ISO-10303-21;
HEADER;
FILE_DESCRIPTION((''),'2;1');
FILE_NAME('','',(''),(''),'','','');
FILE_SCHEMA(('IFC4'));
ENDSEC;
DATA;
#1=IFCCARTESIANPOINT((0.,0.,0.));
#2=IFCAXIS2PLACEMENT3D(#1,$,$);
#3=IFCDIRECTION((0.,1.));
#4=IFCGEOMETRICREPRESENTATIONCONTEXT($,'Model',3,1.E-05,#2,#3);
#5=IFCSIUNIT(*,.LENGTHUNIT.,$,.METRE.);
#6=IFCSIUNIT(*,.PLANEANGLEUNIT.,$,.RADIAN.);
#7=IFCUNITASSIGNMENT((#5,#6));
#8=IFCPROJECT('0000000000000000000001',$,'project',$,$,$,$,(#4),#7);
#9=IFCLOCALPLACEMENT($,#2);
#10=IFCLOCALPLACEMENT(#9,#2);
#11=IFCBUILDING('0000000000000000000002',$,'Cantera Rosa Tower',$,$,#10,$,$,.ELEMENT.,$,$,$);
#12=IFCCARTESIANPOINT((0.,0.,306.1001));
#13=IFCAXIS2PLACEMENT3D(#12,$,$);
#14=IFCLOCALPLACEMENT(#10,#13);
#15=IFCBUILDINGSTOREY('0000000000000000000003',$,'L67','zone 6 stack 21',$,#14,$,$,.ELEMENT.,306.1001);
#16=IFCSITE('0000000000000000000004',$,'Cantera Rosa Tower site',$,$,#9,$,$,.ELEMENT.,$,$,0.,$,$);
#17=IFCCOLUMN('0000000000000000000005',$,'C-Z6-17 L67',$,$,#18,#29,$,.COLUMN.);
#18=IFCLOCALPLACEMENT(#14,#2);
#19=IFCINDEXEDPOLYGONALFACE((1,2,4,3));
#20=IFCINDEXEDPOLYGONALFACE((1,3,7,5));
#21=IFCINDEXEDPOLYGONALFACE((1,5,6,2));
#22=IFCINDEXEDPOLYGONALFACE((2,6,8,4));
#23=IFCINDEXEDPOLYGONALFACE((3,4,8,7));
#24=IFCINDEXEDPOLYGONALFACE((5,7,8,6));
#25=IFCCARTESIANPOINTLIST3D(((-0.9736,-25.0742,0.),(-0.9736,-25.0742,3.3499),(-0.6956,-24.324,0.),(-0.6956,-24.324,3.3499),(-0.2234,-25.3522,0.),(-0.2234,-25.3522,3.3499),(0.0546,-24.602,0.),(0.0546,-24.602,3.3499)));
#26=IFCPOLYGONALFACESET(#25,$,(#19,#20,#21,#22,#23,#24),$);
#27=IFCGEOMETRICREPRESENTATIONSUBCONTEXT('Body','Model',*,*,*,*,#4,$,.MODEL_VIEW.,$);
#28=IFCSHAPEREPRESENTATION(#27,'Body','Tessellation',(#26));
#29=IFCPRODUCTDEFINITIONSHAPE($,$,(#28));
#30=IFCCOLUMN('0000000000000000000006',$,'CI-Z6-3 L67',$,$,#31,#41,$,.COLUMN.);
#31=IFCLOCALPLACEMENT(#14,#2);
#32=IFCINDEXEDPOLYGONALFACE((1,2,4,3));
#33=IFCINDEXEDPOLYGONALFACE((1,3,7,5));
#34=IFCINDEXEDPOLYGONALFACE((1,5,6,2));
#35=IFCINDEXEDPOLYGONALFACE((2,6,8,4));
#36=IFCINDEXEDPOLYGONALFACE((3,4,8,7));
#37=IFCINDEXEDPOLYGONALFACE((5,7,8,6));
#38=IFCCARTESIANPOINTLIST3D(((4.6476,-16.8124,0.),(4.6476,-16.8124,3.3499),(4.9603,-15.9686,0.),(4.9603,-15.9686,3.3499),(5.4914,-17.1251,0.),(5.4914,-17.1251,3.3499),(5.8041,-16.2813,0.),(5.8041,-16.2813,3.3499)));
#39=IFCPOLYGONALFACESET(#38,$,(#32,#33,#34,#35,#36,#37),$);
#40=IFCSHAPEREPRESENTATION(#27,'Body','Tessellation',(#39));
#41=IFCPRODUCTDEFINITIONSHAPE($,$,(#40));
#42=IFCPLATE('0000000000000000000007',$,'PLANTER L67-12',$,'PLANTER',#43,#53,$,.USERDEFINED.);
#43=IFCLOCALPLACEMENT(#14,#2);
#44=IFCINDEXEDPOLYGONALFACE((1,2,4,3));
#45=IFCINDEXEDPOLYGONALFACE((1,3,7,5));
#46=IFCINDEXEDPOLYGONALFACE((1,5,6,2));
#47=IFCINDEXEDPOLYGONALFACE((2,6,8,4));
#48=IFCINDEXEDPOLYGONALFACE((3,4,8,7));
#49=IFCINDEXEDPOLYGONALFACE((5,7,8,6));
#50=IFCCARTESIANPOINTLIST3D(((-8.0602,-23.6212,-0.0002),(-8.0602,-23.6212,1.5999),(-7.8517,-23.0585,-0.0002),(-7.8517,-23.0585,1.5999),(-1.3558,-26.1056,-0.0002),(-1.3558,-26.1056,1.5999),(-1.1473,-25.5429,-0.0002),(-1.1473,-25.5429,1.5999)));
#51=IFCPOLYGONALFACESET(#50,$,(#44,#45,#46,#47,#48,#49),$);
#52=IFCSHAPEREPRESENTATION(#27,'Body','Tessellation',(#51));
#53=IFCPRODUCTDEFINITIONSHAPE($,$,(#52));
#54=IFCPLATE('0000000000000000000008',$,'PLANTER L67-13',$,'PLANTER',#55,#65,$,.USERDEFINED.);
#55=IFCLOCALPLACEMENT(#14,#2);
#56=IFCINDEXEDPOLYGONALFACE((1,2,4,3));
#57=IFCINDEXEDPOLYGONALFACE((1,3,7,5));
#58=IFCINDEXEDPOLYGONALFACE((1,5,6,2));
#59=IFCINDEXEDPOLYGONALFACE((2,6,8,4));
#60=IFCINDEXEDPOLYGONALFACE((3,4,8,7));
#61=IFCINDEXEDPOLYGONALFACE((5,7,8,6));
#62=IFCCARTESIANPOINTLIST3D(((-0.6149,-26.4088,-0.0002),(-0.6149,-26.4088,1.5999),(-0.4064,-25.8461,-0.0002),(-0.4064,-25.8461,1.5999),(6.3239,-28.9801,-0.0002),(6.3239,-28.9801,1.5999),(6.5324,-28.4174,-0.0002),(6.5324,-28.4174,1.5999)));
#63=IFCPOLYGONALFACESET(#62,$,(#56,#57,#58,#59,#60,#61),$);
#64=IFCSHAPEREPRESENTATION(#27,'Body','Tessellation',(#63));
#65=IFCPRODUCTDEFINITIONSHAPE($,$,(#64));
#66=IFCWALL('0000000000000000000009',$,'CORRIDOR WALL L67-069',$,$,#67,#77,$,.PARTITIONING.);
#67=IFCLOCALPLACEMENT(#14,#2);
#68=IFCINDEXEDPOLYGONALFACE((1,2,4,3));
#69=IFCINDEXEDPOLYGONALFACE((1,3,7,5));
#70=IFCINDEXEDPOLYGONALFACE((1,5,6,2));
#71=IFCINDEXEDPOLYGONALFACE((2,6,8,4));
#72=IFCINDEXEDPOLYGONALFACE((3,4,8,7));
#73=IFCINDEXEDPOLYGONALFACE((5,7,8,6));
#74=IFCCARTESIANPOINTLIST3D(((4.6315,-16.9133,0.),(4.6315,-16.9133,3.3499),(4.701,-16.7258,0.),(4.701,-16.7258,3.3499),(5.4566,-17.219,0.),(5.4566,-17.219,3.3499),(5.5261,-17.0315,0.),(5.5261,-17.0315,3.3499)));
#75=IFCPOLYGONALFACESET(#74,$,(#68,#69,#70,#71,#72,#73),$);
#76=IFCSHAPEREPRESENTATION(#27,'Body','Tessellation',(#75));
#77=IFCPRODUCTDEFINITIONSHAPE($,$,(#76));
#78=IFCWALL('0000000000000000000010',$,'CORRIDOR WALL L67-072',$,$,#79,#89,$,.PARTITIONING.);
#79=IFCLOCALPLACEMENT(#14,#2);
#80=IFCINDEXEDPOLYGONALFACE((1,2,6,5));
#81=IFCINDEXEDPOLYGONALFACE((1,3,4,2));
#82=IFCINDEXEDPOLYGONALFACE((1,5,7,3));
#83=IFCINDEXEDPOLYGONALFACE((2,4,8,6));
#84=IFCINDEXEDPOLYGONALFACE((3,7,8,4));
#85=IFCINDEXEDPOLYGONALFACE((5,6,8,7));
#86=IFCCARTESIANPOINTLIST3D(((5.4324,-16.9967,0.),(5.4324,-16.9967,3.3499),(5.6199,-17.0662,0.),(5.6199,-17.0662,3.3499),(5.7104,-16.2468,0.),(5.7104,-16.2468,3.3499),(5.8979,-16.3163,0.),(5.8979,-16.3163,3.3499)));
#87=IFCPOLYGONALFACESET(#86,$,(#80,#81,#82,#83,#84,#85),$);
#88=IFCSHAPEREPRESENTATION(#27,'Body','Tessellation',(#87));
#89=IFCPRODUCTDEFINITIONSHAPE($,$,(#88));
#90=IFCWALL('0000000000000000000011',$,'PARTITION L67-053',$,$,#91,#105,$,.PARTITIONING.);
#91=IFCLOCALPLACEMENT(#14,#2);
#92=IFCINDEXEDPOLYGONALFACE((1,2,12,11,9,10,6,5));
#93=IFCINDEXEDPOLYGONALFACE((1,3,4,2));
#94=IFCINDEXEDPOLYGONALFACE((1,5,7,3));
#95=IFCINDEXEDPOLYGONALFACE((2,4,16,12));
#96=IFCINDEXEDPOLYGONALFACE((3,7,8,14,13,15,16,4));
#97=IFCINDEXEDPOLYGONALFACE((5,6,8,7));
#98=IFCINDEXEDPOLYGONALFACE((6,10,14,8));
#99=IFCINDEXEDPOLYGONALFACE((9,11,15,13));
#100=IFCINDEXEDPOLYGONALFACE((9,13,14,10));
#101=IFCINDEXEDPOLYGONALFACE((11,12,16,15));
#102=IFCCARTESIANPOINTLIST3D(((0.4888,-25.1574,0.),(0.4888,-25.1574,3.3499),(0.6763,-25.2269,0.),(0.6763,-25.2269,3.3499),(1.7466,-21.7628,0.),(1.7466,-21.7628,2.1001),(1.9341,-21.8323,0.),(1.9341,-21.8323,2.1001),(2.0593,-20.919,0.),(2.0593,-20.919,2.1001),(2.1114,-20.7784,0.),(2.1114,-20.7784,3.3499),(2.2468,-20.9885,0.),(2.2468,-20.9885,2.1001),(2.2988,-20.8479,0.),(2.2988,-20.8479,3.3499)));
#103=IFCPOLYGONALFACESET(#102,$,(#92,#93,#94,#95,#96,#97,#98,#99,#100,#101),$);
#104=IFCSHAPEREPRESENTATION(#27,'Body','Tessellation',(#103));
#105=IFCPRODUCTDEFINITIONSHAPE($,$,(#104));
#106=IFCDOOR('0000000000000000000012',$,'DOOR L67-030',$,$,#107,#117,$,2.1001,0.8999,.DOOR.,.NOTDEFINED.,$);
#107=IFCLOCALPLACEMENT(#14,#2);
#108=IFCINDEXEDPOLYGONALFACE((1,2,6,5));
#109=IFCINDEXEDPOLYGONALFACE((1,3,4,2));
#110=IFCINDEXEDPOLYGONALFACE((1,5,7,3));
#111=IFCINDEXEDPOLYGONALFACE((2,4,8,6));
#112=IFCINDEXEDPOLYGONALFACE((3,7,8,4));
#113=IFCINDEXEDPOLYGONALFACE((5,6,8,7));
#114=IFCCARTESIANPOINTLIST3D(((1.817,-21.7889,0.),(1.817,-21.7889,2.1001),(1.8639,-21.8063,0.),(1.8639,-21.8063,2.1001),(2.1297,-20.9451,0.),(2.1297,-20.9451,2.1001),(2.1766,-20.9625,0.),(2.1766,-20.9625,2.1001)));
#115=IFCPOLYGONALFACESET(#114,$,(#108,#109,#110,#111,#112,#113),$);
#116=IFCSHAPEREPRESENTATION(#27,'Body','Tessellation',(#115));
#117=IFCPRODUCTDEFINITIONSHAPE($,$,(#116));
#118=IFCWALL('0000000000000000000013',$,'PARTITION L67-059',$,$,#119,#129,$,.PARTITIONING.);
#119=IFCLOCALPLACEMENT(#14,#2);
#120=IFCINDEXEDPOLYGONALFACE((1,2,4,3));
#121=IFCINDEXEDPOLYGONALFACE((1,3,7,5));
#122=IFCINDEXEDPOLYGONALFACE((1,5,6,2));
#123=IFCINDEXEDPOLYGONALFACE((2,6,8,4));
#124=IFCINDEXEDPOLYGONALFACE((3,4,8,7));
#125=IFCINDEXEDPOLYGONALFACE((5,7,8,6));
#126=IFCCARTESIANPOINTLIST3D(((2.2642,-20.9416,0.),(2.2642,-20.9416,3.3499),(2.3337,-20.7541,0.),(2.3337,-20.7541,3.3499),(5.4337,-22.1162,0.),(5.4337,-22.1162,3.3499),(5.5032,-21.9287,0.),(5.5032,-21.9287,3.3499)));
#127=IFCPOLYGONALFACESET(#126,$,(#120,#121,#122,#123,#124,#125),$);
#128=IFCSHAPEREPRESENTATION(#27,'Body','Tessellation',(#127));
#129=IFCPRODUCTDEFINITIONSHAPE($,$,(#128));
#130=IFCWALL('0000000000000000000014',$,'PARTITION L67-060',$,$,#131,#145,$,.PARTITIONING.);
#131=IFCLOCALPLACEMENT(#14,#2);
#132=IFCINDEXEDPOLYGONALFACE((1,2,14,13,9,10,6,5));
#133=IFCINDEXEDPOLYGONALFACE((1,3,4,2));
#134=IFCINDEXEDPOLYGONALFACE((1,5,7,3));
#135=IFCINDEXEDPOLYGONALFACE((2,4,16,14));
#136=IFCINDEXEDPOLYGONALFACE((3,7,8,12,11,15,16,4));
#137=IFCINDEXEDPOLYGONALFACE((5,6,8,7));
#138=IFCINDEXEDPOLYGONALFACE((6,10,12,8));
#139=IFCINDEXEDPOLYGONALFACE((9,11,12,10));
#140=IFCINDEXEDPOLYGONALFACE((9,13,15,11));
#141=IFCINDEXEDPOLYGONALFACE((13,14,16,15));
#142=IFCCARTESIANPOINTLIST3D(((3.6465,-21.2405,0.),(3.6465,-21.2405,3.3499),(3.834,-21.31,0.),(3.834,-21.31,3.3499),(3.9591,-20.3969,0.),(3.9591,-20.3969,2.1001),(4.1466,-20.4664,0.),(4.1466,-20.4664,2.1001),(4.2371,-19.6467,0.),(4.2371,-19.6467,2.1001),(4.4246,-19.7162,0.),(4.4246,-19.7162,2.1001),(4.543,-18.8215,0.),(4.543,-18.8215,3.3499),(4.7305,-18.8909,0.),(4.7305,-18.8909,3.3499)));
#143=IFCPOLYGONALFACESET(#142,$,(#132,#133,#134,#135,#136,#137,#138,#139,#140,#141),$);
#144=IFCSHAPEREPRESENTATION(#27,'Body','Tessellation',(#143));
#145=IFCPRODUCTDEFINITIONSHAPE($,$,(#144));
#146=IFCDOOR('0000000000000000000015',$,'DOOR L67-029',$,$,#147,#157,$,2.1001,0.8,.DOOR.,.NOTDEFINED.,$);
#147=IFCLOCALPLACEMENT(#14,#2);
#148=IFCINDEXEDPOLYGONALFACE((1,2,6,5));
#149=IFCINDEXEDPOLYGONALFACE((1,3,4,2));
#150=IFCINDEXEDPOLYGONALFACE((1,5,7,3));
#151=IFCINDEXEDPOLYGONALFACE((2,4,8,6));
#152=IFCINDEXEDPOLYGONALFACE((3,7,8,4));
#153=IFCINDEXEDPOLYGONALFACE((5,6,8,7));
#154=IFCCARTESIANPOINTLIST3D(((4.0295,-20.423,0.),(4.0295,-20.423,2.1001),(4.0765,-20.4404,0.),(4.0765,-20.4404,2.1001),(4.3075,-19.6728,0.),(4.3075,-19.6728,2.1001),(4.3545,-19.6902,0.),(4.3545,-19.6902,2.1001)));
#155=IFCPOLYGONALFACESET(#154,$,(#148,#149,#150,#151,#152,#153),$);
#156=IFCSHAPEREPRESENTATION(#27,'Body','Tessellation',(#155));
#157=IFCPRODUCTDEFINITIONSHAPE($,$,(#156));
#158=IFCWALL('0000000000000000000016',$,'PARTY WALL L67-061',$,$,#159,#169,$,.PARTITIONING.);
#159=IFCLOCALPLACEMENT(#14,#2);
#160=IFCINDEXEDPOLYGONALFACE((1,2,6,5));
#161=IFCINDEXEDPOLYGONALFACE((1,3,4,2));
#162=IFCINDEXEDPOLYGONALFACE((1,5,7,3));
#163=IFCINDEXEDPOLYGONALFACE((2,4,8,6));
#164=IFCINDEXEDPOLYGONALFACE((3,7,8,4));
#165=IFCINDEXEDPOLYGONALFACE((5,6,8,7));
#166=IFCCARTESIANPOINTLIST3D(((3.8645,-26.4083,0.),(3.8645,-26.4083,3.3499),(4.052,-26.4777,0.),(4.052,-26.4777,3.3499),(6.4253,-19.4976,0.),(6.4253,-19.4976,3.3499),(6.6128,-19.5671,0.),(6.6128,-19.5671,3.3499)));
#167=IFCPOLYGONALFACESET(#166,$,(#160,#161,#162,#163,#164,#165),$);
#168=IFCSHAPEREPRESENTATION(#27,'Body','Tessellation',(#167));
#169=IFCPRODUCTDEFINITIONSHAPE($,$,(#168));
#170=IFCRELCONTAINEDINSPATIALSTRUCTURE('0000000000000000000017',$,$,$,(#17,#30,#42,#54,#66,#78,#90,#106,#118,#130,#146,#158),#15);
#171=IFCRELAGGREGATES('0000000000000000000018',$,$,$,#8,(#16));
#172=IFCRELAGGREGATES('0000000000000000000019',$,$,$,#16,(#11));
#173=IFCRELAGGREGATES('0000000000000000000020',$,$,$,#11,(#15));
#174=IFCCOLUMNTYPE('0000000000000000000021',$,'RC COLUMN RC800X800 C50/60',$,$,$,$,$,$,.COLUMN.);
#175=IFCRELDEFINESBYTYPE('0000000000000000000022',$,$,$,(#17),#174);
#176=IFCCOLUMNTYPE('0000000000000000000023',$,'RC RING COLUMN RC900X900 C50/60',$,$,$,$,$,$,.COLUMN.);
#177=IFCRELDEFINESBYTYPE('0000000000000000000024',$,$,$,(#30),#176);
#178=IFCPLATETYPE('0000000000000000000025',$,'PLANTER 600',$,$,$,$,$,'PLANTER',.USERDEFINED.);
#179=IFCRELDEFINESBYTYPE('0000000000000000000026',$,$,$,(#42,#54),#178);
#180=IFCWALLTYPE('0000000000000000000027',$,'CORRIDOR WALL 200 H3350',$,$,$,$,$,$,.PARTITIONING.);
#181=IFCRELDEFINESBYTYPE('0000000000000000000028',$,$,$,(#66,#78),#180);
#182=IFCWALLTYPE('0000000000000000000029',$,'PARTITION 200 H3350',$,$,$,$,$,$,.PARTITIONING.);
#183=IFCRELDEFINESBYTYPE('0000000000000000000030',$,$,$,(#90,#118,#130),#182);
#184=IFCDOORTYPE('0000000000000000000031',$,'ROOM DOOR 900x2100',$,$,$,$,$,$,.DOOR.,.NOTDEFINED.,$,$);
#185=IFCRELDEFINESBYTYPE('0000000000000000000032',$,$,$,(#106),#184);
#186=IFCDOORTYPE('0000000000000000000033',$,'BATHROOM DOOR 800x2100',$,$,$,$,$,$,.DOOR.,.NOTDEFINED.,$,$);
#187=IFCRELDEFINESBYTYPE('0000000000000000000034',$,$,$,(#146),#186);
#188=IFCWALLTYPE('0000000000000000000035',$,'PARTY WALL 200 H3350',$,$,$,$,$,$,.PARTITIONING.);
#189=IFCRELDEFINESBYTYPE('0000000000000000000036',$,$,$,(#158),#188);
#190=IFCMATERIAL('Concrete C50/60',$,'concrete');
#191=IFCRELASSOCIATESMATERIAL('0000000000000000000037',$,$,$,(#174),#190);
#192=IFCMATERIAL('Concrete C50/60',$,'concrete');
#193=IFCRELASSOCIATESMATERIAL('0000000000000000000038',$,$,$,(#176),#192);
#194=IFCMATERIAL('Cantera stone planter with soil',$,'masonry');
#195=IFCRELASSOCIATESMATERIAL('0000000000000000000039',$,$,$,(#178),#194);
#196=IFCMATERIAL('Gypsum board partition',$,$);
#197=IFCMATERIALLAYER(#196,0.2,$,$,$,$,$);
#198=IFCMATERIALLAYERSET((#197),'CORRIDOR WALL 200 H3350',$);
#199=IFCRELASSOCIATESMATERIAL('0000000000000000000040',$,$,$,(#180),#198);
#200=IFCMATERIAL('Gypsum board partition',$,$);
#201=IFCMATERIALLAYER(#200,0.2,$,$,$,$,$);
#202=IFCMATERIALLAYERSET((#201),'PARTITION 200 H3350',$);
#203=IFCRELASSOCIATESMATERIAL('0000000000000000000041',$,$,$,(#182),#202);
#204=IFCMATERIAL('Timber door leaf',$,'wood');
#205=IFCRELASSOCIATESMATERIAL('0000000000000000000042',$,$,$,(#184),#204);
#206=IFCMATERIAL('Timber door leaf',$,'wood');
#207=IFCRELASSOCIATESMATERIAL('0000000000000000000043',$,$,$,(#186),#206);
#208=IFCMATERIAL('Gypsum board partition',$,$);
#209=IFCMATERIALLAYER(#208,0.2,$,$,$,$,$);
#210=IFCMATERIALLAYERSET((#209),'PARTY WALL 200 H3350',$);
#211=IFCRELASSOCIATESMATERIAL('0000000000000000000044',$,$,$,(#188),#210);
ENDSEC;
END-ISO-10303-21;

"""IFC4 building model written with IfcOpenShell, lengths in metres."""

from ifc_helpers import new_model, si_unit, direction, frame, frame_2d, origin, origin_2d, place, context, subcontext, project, spatial, rectangle, extrude, material, layer, layer_set, material_profile, profile_set, type_object, element, fill, save


model = new_model("IFC4")

# Units and contexts
model_context = context("Model", 3, precision=1e-05, world=origin(), true_north=direction((0.0, 1.0)))
body_context = subcontext(model_context, "Body", "Model", "MODEL_VIEW")
ifc_project = project(units=[si_unit("LENGTHUNIT", "METRE"), si_unit("PLANEANGLEUNIT", "RADIAN")], contexts=[model_context])

# Site, building, storey
site_placement = place(None, origin())
site = spatial("IfcSite", under=ifc_project, at=site_placement, Name="Cantera Rosa Tower site", CompositionType="ELEMENT", RefElevation=0.0)
building_placement = place(site_placement, origin())
building = spatial("IfcBuilding", under=site, at=building_placement, Name="Cantera Rosa Tower", CompositionType="ELEMENT")
storey_placement = place(building_placement, frame((0.0, 0.0, 306.1001)))
storey = spatial("IfcBuildingStorey", under=building, at=storey_placement, Name="L67", Description="zone 6 stack 21", CompositionType="ELEMENT", Elevation=306.1001)

# Columns
ifc_material_1 = material(Name="Concrete C50/60", Category="concrete")
ifc_material_profile_1 = material_profile(ifc_material_1, rectangle(XDim=0.8, YDim=0.8, at=origin_2d()), Name="RC COLUMN RC800X800 C50/60")
ifc_profile_set_1 = profile_set([ifc_material_profile_1], Name="Concrete C50/60")
column_type_1 = type_object("IfcColumnType", Name="RC COLUMN RC800X800 C50/60", PredefinedType="COLUMN", material=ifc_profile_set_1)
column_1_placement = place(storey_placement, frame((-0.4595, -24.8381, 0.0), z_axis=(0.0, 0.0, 1.0), x_axis=(0.347481, 0.937687, 0.0)))
element("IfcColumn", 1, at=column_1_placement, inside=storey, type_object=column_type_1, Name="C-Z6-17 L67", PredefinedType="COLUMN", context=body_context, shape_type="SweptSolid", body=[
    extrude(rectangle(XDim=0.8, YDim=0.8, at=origin_2d()), origin(), (0.0, 0.0, 1.0), 3.3499),
])
ifc_material_2 = material(Name="Concrete C50/60", Category="concrete")
ifc_material_profile_2 = material_profile(ifc_material_2, rectangle(XDim=0.8999, YDim=0.8999, at=origin_2d()), Name="RC RING COLUMN RC900X900 C50/60")
ifc_profile_set_2 = profile_set([ifc_material_profile_2], Name="Concrete C50/60")
column_type_2 = type_object("IfcColumnType", Name="RC RING COLUMN RC900X900 C50/60", PredefinedType="COLUMN", material=ifc_profile_set_2)
column_2_placement = place(storey_placement, frame((5.2258, -16.5469, 0.0), z_axis=(0.0, 0.0, 1.0), x_axis=(0.347481, 0.937687, 0.0)))
element("IfcColumn", 2, at=column_2_placement, inside=storey, type_object=column_type_2, Name="CI-Z6-3 L67", PredefinedType="COLUMN", context=body_context, shape_type="SweptSolid", body=[
    extrude(rectangle(XDim=0.8999, YDim=0.8999, at=origin_2d()), origin(), (0.0, 0.0, 1.0), 3.3499),
])

# Plates
ifc_material_3 = material(Name="Cantera stone planter with soil", Category="masonry")
plate_type = type_object("IfcPlateType", Name="PLANTER 600", ElementType="PLANTER", PredefinedType="USERDEFINED", material=ifc_material_3)
plate_1_placement = place(storey_placement, frame((-4.6038, -24.582, -0.0002), z_axis=(0.0, 0.0, 1.0), x_axis=(0.937687, -0.347481, 0.0)))
element("IfcPlate", 3, at=plate_1_placement, inside=storey, type_object=plate_type, Name="PLANTER L67-12", ObjectType="PLANTER", PredefinedType="USERDEFINED", context=body_context, shape_type="SweptSolid", body=[
    extrude(rectangle(XDim=7.1499, YDim=0.6001, at=origin_2d()), origin(), (0.0, 0.0, 1.0), 1.6001),
])
plate_2_placement = place(storey_placement, frame((2.9587, -27.4131, -0.0002), z_axis=(0.0, 0.0, 1.0), x_axis=(0.937687, -0.347481, 0.0)))
element("IfcPlate", 4, at=plate_2_placement, inside=storey, type_object=plate_type, Name="PLANTER L67-13", ObjectType="PLANTER", PredefinedType="USERDEFINED", context=body_context, shape_type="SweptSolid", body=[
    extrude(rectangle(XDim=7.3999, YDim=0.6001, at=origin_2d()), origin(), (0.0, 0.0, 1.0), 1.6001),
])

# Walls
ifc_material_4 = material(Name="Gypsum board partition")
ifc_layer_1 = layer(ifc_material_4, 0.2)
ifc_layer_set_1 = layer_set([ifc_layer_1], Name="CORRIDOR WALL 200 H3350")
wall_type_1 = type_object("IfcWallType", Name="CORRIDOR WALL 200 H3350", PredefinedType="PARTITIONING", material=ifc_layer_set_1)
wall_1_placement = place(storey_placement, frame((4.6663, -16.8196, 0.0), z_axis=(0.0, 0.0, 1.0), x_axis=(0.937735, -0.34735, 0.0)))
element("IfcWall", 5, at=wall_1_placement, inside=storey, type_object=wall_type_1, Name="CORRIDOR WALL L67-069", PredefinedType="PARTITIONING", context=body_context, shape_type="SweptSolid", body=[
    extrude(rectangle(XDim=0.8799, YDim=0.2, at=frame_2d((0.4399, 0.0))), origin(), (0.0, 0.0, 1.0), 3.3499),
])
wall_2_placement = place(storey_placement, frame((5.5261, -17.0315, 0.0), z_axis=(0.0, 0.0, 1.0), x_axis=(0.347642, 0.937627, 0.0)))
element("IfcWall", 6, at=wall_2_placement, inside=storey, type_object=wall_type_1, Name="CORRIDOR WALL L67-072", PredefinedType="PARTITIONING", context=body_context, shape_type="SweptSolid", body=[
    extrude(rectangle(XDim=0.7998, YDim=0.2, at=frame_2d((0.3999, 0.0))), origin(), (0.0, 0.0, 1.0), 3.3499),
])

# Wall, opening, door
ifc_material_5 = material(Name="Gypsum board partition")
ifc_layer_2 = layer(ifc_material_5, 0.2)
ifc_layer_set_2 = layer_set([ifc_layer_2], Name="PARTITION 200 H3350")
wall_type_2 = type_object("IfcWallType", Name="PARTITION 200 H3350", PredefinedType="PARTITIONING", material=ifc_layer_set_2)
wall_3_placement = place(storey_placement, frame((0.5825, -25.1921, 0.0), z_axis=(0.0, 0.0, 1.0), x_axis=(0.347454, 0.937697, 0.0)))
wall_3 = element("IfcWall", 7, at=wall_3_placement, inside=storey, type_object=wall_type_2, Name="PARTITION L67-053", PredefinedType="PARTITIONING", context=body_context, shape_type="SweptSolid", body=[
    extrude(rectangle(XDim=4.6699, YDim=0.2, at=frame_2d((2.335, 0.0))), origin(), (0.0, 0.0, 1.0), 3.3499),
])
opening_1_placement = place(wall_3_placement, frame((3.6201, 0.0, 0.0)))
opening_1 = element("IfcOpeningElement", 8, at=opening_1_placement, cuts=wall_3, PredefinedType="OPENING", context=body_context, shape_type="SweptSolid", body=[
    extrude(rectangle(XDim=0.8999, YDim=2.1001, at=frame_2d((0.45, 1.05))), frame((0.0, 0.1099, 0.0), z_axis=(0.0, -1.0, 0.0), x_axis=(1.0, 0.0, 0.0)), (0.0, 0.0, 1.0), 0.22),
])
ifc_material_6 = material(Name="Timber door leaf", Category="wood")
door_type_1 = type_object("IfcDoorType", Name="ROOM DOOR 900x2100", OperationType="NOTDEFINED", PredefinedType="DOOR", material=ifc_material_6)
door_1_placement = place(opening_1_placement, origin())
door_1 = element("IfcDoor", 9, at=door_1_placement, inside=storey, type_object=door_type_1, Name="DOOR L67-030", OperationType="NOTDEFINED", OverallHeight=2.1001, OverallWidth=0.8999, PredefinedType="DOOR", context=body_context, shape_type="SweptSolid", body=[
    extrude(rectangle(XDim=0.8999, YDim=2.1001, at=frame_2d((0.45, 1.05))), frame((0.0, 0.0249, 0.0), z_axis=(0.0, -1.0, 0.0), x_axis=(1.0, 0.0, 0.0)), (0.0, 0.0, 1.0), 0.05),
])
fill(opening_1, door_1)

# Wall
wall_4_placement = place(storey_placement, frame((2.2991, -20.8479, 0.0), z_axis=(0.0, 0.0, 1.0), x_axis=(0.937682, -0.347495, 0.0)))
element("IfcWall", 10, at=wall_4_placement, inside=storey, type_object=wall_type_2, Name="PARTITION L67-059", PredefinedType="PARTITIONING", context=body_context, shape_type="SweptSolid", body=[
    extrude(rectangle(XDim=3.3801, YDim=0.2, at=frame_2d((1.6899, 0.0))), origin(), (0.0, 0.0, 1.0), 3.3499),
])

# Wall, opening, door
wall_5_placement = place(storey_placement, frame((3.7402, -21.2754, 0.0), z_axis=(0.0, 0.0, 1.0), x_axis=(0.347481, 0.937687, 0.0)))
wall_5 = element("IfcWall", 11, at=wall_5_placement, inside=storey, type_object=wall_type_2, Name="PARTITION L67-060", PredefinedType="PARTITIONING", context=body_context, shape_type="SweptSolid", body=[
    extrude(rectangle(XDim=2.5798, YDim=0.2, at=frame_2d((1.29, 0.0))), origin(), (0.0, 0.0, 1.0), 3.3499),
])
opening_2_placement = place(wall_5_placement, frame((0.8999, 0.0, 0.0)))
opening_2 = element("IfcOpeningElement", 12, at=opening_2_placement, cuts=wall_5, PredefinedType="OPENING", context=body_context, shape_type="SweptSolid", body=[
    extrude(rectangle(XDim=0.8, YDim=2.1001, at=frame_2d((0.3999, 1.05))), frame((0.0, 0.1099, 0.0), z_axis=(0.0, -1.0, 0.0), x_axis=(1.0, 0.0, 0.0)), (0.0, 0.0, 1.0), 0.22),
])
ifc_material_7 = material(Name="Timber door leaf", Category="wood")
door_type_2 = type_object("IfcDoorType", Name="BATHROOM DOOR 800x2100", OperationType="NOTDEFINED", PredefinedType="DOOR", material=ifc_material_7)
door_2_placement = place(opening_2_placement, origin())
door_2 = element("IfcDoor", 13, at=door_2_placement, inside=storey, type_object=door_type_2, Name="DOOR L67-029", OperationType="NOTDEFINED", OverallHeight=2.1001, OverallWidth=0.8, PredefinedType="DOOR", context=body_context, shape_type="SweptSolid", body=[
    extrude(rectangle(XDim=0.8, YDim=2.1001, at=frame_2d((0.3999, 1.05))), frame((0.0, 0.0249, 0.0), z_axis=(0.0, -1.0, 0.0), x_axis=(1.0, 0.0, 0.0)), (0.0, 0.0, 1.0), 0.05),
])
fill(opening_2, door_2)

# Wall
ifc_material_8 = material(Name="Gypsum board partition")
ifc_layer_3 = layer(ifc_material_8, 0.2)
ifc_layer_set_3 = layer_set([ifc_layer_3], Name="PARTY WALL 200 H3350")
wall_type_3 = type_object("IfcWallType", Name="PARTY WALL 200 H3350", PredefinedType="PARTITIONING", material=ifc_layer_set_3)
wall_6_placement = place(storey_placement, frame((3.9583, -26.4431, 0.0), z_axis=(0.0, 0.0, 1.0), x_axis=(0.347469, 0.937692, 0.0)))
element("IfcWall", 14, at=wall_6_placement, inside=storey, type_object=wall_type_3, Name="PARTY WALL L67-061", PredefinedType="PARTITIONING", context=body_context, shape_type="SweptSolid", body=[
    extrude(rectangle(XDim=7.3699, YDim=0.2, at=frame_2d((3.6851, 0.0))), origin(), (0.0, 0.0, 1.0), 3.3499),
])

save(model, "model.ifc")
